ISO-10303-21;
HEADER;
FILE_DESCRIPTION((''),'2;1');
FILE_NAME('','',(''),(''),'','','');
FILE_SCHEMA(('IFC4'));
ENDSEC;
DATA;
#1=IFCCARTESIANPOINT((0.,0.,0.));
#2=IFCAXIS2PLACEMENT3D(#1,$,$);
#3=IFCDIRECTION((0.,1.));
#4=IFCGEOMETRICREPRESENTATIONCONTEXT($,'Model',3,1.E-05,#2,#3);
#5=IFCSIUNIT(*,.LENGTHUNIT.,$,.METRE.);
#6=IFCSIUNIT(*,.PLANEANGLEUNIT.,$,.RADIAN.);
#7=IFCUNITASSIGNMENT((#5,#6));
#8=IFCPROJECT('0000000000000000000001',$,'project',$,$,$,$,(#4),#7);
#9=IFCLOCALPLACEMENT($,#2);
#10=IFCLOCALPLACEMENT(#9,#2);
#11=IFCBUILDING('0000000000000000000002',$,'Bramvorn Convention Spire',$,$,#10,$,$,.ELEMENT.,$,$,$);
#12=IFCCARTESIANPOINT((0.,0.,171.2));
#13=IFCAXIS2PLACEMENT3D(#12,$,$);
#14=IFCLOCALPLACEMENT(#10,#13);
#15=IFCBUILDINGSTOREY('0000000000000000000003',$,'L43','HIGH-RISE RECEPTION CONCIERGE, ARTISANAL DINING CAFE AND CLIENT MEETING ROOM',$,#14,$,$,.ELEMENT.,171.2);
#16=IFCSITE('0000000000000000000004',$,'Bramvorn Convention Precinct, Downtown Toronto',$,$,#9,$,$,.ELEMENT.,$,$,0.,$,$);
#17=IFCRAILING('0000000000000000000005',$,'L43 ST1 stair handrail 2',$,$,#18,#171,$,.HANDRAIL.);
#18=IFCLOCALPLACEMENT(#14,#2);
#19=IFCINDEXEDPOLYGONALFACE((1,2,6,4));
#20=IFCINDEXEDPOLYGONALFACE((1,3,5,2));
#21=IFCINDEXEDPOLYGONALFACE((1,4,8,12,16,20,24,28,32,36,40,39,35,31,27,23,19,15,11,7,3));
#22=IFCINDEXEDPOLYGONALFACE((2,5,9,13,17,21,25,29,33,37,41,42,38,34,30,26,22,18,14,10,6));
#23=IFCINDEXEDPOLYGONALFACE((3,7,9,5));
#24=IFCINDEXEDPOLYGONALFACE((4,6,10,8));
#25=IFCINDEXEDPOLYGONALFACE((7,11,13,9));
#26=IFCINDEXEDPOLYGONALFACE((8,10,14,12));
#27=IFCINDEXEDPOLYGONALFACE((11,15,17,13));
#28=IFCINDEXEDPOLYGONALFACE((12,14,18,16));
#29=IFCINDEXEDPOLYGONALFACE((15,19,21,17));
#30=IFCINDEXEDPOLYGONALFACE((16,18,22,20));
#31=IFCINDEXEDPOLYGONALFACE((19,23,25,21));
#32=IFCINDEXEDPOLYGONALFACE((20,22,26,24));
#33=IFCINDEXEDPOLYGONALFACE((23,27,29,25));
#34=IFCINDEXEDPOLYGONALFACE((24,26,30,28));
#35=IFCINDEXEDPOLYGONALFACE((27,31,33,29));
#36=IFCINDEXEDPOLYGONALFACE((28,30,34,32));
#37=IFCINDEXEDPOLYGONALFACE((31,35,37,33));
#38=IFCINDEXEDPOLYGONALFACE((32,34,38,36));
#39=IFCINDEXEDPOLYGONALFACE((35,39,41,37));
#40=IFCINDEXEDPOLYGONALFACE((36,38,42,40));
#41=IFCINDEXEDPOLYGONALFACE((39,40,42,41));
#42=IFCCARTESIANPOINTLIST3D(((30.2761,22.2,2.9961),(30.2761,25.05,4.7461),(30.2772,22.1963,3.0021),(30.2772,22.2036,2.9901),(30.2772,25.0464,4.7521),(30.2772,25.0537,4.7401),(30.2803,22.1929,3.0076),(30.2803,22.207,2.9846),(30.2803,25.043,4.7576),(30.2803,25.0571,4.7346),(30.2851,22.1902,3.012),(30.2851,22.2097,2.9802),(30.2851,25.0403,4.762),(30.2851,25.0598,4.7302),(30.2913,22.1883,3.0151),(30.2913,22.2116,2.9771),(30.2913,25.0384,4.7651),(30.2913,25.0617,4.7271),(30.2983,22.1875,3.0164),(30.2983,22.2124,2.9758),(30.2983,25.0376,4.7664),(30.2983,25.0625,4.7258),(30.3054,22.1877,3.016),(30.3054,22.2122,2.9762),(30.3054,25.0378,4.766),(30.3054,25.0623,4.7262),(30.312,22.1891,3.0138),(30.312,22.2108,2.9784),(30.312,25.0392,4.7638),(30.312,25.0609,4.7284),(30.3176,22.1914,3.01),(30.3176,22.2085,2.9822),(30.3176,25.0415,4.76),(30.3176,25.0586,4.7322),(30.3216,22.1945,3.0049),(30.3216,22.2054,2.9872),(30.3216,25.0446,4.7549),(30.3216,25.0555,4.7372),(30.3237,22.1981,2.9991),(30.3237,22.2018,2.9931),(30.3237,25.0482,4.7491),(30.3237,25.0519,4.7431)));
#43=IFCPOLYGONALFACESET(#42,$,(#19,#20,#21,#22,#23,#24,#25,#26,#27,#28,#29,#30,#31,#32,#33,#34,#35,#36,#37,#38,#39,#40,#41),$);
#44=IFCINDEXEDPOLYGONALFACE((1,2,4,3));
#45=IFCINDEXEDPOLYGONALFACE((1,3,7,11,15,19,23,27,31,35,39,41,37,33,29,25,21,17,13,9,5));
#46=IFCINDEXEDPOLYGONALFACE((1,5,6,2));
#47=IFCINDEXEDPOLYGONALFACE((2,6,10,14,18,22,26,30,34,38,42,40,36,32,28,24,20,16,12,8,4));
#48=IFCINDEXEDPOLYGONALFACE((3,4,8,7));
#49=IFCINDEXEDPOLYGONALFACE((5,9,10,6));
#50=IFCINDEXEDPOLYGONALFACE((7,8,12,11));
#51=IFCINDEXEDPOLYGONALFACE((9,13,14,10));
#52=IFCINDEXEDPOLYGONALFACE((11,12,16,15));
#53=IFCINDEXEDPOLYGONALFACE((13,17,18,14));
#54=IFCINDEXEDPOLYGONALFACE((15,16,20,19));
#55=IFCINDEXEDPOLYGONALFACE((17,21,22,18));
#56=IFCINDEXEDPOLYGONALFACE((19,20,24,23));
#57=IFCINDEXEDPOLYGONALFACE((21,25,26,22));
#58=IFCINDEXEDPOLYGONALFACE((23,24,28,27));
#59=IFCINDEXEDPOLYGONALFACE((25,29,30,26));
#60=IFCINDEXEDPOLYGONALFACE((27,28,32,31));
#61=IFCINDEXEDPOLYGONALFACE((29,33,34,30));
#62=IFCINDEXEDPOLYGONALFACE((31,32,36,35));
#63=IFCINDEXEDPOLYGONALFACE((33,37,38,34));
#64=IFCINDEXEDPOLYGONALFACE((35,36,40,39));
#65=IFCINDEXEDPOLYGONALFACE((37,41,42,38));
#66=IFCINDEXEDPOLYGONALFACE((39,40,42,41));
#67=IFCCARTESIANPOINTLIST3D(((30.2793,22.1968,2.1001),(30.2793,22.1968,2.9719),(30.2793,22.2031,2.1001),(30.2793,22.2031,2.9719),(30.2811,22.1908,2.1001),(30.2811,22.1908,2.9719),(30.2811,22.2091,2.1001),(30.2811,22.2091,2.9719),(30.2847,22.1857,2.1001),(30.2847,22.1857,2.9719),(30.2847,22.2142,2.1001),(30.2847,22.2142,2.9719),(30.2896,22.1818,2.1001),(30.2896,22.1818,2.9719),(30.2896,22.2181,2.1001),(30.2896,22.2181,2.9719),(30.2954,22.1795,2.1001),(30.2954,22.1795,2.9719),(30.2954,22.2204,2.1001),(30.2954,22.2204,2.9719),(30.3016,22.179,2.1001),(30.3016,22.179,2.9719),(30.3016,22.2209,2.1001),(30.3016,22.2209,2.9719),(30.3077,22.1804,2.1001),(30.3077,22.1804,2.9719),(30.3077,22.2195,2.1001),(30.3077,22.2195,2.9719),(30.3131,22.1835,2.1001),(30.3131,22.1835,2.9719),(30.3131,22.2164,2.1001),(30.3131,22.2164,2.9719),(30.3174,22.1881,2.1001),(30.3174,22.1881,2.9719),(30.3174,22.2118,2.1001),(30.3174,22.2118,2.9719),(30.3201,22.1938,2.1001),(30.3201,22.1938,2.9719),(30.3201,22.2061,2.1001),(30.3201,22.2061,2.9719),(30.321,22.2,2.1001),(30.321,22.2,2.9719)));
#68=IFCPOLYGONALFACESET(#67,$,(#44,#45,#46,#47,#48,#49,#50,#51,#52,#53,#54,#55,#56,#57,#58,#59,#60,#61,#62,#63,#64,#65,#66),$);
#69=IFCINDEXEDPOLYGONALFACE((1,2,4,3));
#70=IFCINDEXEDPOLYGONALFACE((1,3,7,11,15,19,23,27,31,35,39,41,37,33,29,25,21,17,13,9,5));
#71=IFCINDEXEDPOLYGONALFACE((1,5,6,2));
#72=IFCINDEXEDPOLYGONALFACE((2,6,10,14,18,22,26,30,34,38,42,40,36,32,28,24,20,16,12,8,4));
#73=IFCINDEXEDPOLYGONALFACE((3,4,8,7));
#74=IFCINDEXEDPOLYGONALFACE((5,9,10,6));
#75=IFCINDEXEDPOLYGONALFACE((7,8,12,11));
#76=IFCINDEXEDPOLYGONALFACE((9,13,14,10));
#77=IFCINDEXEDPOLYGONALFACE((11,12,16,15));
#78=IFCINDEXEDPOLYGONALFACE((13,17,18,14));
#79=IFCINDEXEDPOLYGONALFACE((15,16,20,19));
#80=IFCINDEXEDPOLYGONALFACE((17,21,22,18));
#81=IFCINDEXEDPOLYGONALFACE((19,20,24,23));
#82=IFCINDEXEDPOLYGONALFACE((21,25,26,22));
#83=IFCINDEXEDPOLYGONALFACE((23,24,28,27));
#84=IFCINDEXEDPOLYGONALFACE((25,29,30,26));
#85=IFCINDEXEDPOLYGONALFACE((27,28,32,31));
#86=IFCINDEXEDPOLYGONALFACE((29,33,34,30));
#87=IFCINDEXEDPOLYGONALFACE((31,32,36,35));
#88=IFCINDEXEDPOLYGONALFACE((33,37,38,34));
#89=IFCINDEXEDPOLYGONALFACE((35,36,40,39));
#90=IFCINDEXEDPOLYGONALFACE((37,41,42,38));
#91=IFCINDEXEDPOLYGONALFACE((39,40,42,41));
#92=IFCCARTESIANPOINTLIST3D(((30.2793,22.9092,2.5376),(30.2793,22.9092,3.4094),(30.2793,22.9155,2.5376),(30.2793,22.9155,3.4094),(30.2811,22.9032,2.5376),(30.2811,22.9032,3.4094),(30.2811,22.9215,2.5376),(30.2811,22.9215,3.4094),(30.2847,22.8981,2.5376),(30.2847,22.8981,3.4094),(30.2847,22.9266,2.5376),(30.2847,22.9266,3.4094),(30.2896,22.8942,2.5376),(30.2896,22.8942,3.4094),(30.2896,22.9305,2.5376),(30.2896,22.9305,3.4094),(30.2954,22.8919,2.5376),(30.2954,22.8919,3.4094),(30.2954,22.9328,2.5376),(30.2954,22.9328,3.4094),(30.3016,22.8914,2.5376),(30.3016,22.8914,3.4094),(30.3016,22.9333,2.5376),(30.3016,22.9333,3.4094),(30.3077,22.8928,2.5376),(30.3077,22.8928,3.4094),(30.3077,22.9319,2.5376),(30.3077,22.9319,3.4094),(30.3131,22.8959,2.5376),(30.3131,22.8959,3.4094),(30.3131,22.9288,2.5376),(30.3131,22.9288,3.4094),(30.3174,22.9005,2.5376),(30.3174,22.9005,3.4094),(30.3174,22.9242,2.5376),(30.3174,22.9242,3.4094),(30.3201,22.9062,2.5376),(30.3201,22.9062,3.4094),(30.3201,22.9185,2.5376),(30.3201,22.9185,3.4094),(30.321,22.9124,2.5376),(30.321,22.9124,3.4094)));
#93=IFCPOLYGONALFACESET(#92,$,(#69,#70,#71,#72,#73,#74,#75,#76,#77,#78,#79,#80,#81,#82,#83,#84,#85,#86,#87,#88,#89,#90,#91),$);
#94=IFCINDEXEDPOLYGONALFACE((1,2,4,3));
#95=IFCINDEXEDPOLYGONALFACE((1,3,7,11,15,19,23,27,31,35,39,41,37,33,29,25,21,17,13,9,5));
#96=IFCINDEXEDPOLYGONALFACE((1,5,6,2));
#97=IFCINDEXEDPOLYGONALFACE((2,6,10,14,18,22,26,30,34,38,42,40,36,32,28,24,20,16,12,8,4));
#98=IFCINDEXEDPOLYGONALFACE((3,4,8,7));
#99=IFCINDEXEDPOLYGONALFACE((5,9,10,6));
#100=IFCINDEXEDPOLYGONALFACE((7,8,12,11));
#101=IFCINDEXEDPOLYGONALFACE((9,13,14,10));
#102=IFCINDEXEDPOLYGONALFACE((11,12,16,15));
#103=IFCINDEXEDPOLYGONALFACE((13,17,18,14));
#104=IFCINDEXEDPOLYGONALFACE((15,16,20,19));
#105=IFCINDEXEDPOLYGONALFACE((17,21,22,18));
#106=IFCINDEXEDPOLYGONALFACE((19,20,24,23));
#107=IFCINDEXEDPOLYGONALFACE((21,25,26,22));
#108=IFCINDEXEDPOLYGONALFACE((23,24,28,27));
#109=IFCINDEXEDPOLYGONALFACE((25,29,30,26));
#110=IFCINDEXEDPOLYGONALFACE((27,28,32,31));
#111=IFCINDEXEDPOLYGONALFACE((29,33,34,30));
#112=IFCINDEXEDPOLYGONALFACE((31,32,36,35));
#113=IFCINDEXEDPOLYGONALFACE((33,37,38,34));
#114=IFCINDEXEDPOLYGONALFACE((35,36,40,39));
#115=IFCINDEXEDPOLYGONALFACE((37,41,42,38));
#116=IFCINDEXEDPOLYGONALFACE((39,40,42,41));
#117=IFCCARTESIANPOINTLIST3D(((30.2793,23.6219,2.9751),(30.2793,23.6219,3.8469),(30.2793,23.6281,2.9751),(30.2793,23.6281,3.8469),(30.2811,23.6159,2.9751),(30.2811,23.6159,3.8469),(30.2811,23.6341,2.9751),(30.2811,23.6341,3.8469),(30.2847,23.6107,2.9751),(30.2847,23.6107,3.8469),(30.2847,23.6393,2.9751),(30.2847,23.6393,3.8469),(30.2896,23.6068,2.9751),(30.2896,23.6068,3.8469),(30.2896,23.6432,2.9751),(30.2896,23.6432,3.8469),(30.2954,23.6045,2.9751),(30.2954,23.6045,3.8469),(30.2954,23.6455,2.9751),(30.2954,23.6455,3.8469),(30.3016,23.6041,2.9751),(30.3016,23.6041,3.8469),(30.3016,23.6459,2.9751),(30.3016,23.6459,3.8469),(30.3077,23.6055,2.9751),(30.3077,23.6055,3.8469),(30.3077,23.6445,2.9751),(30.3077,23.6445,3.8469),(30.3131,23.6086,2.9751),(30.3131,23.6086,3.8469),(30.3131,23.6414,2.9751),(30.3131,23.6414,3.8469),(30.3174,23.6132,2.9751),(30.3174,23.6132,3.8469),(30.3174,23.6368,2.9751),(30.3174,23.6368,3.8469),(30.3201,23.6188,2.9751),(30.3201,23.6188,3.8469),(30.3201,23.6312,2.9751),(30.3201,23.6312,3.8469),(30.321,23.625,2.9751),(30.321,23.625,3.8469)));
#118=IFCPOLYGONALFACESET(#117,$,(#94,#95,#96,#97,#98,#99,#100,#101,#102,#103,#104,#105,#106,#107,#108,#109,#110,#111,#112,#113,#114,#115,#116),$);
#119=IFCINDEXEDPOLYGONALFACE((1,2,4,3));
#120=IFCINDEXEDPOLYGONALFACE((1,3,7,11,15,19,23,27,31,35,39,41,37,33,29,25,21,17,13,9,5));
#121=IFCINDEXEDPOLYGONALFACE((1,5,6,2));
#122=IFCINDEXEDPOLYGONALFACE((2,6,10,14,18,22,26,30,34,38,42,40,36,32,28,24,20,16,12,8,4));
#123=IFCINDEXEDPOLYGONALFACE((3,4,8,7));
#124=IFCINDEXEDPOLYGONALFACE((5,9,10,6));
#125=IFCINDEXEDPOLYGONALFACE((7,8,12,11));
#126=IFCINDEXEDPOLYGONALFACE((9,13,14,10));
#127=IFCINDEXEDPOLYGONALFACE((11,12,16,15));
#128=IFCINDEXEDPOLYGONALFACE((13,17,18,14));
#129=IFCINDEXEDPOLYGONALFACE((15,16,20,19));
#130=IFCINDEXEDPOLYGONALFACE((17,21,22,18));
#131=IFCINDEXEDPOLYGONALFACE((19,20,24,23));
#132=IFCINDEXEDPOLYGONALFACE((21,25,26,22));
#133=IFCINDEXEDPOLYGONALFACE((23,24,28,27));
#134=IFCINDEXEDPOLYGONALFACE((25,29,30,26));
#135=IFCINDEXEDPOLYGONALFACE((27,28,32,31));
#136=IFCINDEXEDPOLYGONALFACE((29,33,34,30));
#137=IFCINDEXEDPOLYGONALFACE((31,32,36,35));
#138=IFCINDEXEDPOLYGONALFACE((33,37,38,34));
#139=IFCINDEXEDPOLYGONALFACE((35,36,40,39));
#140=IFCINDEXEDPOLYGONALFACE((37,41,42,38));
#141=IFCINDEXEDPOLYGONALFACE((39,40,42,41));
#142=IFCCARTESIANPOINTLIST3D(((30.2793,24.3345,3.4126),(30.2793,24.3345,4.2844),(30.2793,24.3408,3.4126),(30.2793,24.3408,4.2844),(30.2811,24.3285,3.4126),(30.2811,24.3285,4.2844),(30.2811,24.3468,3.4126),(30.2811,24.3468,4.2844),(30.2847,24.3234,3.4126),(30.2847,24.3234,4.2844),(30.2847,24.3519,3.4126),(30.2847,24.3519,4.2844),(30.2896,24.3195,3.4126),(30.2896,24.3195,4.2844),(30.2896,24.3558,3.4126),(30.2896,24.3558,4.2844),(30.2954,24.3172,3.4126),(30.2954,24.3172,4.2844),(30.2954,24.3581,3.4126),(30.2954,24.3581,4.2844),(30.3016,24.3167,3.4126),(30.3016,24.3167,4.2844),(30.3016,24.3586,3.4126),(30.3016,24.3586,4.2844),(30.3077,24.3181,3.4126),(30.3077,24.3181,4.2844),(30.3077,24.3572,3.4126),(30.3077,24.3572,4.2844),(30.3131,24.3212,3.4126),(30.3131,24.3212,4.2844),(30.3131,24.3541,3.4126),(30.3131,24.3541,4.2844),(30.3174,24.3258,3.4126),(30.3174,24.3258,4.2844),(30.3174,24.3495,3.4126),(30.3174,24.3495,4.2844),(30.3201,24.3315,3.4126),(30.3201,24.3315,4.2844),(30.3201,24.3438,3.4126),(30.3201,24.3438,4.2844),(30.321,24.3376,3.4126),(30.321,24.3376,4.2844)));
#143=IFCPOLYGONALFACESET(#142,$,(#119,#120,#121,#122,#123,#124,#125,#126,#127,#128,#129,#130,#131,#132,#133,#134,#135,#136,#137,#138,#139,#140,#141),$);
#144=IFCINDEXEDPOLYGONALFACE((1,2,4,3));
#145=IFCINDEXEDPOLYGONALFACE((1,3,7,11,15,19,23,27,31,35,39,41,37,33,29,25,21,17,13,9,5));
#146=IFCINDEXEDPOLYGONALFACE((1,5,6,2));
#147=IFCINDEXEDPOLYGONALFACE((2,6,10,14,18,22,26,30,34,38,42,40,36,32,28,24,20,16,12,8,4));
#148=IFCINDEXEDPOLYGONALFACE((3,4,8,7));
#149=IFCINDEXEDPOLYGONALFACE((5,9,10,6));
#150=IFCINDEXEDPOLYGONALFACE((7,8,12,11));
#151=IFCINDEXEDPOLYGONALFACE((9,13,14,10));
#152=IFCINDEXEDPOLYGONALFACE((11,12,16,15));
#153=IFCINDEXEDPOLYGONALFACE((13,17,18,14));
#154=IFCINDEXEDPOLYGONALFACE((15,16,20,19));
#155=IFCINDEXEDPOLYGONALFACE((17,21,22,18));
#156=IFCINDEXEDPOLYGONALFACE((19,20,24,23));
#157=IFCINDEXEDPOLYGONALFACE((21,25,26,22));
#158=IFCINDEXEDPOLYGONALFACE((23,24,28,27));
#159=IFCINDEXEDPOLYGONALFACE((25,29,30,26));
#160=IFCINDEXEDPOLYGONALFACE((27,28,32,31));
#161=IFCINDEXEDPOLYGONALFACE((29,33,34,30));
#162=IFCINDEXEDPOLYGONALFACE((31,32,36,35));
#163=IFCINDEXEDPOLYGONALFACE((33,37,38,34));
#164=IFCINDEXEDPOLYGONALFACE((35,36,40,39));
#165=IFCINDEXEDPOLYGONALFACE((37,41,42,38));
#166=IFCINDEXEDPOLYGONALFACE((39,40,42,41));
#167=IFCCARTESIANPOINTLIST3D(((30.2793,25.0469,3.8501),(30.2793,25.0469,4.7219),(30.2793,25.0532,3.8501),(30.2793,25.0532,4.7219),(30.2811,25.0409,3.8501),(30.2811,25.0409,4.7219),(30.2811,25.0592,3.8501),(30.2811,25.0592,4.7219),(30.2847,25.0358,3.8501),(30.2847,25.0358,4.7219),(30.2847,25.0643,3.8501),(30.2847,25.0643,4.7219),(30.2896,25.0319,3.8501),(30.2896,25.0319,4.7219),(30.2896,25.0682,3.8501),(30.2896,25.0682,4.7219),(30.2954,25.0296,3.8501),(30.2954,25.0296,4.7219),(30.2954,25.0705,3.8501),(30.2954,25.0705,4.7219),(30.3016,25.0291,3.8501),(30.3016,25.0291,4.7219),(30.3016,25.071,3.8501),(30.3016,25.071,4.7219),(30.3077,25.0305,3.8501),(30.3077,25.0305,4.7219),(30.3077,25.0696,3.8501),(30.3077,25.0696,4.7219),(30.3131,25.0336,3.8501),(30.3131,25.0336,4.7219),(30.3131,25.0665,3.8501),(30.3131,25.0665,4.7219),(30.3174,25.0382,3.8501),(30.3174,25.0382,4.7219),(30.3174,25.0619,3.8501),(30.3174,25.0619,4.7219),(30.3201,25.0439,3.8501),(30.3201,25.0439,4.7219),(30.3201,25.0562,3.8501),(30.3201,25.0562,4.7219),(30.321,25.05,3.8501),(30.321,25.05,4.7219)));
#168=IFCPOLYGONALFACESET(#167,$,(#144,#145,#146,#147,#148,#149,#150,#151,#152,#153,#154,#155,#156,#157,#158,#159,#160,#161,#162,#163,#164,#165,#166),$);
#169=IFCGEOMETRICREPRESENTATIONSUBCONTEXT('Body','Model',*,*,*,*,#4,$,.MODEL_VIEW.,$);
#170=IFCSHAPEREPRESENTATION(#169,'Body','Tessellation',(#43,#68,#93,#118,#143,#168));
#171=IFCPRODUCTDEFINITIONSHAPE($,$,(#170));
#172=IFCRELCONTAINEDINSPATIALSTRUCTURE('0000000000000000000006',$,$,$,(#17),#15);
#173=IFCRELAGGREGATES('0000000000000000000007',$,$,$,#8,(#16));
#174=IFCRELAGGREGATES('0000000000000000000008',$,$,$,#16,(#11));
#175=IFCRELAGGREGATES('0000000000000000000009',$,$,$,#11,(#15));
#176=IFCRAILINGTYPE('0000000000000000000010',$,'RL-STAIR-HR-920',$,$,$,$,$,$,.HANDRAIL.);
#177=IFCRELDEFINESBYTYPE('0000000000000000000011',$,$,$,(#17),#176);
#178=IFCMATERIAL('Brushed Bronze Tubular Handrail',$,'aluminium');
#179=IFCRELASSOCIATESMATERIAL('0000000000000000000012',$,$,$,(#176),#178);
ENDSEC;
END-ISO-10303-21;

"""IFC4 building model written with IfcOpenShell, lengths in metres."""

from ifc_helpers import new_model, si_unit, direction, frame, origin, origin_2d, place, context, subcontext, project, spatial, circle, extrude, material, type_object, element, save


model = new_model("IFC4")

# Units and contexts
model_context = context("Model", 3, precision=1e-05, world=origin(), true_north=direction((0.0, 1.0)))
body_context = subcontext(model_context, "Body", "Model", "MODEL_VIEW")
ifc_project = project(units=[si_unit("LENGTHUNIT", "METRE"), si_unit("PLANEANGLEUNIT", "RADIAN")], contexts=[model_context])

# Site, building, storey
site_placement = place(None, origin())
site = spatial("IfcSite", under=ifc_project, at=site_placement, Name="Bramvorn Convention Precinct, Downtown Toronto", CompositionType="ELEMENT", RefElevation=0.0)
building_placement = place(site_placement, origin())
building = spatial("IfcBuilding", under=site, at=building_placement, Name="Bramvorn Convention Spire", CompositionType="ELEMENT")
storey_placement = place(building_placement, frame((0.0, 0.0, 171.2)))
storey = spatial("IfcBuildingStorey", under=building, at=storey_placement, Name="L43", Description="HIGH-RISE RECEPTION CONCIERGE, ARTISANAL DINING CAFE AND CLIENT MEETING ROOM", CompositionType="ELEMENT", Elevation=171.2)

# Railing
ifc_material_1 = material(Name="Brushed Bronze Tubular Handrail", Category="aluminium")
railing_type_1 = type_object("IfcRailingType", Name="RL-STAIR-HR-920", PredefinedType="HANDRAIL", material=ifc_material_1)
railing_1_placement = place(storey_placement, frame((30.3, 22.2, 2.1001)))
element("IfcRailing", 1, at=railing_1_placement, inside=storey, type_object=railing_type_1, Name="L43 ST1 stair handrail 2", PredefinedType="HANDRAIL", context=body_context, shape_type="SweptSolid", body=[
    extrude(circle(Radius=0.0239, at=origin_2d()), frame((0.0, 0.0, 0.896), z_axis=(0.0, 0.852179, 0.52325), x_axis=(-1.0, 0.0, 0.0)), (0.0, 0.0, 1.0), 3.3445),
    extrude(circle(Radius=0.021, at=origin_2d()), origin(), (0.0, 0.0, 1.0), 0.8718),
    extrude(circle(Radius=0.021, at=origin_2d()), frame((0.0, 0.7124, 0.4375)), (0.0, 0.0, 1.0), 0.8718),
    extrude(circle(Radius=0.021, at=origin_2d()), frame((0.0, 1.425, 0.875)), (0.0, 0.0, 1.0), 0.8718),
    extrude(circle(Radius=0.021, at=origin_2d()), frame((0.0, 2.1377, 1.3125)), (0.0, 0.0, 1.0), 0.8718),
    extrude(circle(Radius=0.021, at=origin_2d()), frame((0.0, 2.8501, 1.75)), (0.0, 0.0, 1.0), 0.8718),
])

save(model, "model.ifc")
